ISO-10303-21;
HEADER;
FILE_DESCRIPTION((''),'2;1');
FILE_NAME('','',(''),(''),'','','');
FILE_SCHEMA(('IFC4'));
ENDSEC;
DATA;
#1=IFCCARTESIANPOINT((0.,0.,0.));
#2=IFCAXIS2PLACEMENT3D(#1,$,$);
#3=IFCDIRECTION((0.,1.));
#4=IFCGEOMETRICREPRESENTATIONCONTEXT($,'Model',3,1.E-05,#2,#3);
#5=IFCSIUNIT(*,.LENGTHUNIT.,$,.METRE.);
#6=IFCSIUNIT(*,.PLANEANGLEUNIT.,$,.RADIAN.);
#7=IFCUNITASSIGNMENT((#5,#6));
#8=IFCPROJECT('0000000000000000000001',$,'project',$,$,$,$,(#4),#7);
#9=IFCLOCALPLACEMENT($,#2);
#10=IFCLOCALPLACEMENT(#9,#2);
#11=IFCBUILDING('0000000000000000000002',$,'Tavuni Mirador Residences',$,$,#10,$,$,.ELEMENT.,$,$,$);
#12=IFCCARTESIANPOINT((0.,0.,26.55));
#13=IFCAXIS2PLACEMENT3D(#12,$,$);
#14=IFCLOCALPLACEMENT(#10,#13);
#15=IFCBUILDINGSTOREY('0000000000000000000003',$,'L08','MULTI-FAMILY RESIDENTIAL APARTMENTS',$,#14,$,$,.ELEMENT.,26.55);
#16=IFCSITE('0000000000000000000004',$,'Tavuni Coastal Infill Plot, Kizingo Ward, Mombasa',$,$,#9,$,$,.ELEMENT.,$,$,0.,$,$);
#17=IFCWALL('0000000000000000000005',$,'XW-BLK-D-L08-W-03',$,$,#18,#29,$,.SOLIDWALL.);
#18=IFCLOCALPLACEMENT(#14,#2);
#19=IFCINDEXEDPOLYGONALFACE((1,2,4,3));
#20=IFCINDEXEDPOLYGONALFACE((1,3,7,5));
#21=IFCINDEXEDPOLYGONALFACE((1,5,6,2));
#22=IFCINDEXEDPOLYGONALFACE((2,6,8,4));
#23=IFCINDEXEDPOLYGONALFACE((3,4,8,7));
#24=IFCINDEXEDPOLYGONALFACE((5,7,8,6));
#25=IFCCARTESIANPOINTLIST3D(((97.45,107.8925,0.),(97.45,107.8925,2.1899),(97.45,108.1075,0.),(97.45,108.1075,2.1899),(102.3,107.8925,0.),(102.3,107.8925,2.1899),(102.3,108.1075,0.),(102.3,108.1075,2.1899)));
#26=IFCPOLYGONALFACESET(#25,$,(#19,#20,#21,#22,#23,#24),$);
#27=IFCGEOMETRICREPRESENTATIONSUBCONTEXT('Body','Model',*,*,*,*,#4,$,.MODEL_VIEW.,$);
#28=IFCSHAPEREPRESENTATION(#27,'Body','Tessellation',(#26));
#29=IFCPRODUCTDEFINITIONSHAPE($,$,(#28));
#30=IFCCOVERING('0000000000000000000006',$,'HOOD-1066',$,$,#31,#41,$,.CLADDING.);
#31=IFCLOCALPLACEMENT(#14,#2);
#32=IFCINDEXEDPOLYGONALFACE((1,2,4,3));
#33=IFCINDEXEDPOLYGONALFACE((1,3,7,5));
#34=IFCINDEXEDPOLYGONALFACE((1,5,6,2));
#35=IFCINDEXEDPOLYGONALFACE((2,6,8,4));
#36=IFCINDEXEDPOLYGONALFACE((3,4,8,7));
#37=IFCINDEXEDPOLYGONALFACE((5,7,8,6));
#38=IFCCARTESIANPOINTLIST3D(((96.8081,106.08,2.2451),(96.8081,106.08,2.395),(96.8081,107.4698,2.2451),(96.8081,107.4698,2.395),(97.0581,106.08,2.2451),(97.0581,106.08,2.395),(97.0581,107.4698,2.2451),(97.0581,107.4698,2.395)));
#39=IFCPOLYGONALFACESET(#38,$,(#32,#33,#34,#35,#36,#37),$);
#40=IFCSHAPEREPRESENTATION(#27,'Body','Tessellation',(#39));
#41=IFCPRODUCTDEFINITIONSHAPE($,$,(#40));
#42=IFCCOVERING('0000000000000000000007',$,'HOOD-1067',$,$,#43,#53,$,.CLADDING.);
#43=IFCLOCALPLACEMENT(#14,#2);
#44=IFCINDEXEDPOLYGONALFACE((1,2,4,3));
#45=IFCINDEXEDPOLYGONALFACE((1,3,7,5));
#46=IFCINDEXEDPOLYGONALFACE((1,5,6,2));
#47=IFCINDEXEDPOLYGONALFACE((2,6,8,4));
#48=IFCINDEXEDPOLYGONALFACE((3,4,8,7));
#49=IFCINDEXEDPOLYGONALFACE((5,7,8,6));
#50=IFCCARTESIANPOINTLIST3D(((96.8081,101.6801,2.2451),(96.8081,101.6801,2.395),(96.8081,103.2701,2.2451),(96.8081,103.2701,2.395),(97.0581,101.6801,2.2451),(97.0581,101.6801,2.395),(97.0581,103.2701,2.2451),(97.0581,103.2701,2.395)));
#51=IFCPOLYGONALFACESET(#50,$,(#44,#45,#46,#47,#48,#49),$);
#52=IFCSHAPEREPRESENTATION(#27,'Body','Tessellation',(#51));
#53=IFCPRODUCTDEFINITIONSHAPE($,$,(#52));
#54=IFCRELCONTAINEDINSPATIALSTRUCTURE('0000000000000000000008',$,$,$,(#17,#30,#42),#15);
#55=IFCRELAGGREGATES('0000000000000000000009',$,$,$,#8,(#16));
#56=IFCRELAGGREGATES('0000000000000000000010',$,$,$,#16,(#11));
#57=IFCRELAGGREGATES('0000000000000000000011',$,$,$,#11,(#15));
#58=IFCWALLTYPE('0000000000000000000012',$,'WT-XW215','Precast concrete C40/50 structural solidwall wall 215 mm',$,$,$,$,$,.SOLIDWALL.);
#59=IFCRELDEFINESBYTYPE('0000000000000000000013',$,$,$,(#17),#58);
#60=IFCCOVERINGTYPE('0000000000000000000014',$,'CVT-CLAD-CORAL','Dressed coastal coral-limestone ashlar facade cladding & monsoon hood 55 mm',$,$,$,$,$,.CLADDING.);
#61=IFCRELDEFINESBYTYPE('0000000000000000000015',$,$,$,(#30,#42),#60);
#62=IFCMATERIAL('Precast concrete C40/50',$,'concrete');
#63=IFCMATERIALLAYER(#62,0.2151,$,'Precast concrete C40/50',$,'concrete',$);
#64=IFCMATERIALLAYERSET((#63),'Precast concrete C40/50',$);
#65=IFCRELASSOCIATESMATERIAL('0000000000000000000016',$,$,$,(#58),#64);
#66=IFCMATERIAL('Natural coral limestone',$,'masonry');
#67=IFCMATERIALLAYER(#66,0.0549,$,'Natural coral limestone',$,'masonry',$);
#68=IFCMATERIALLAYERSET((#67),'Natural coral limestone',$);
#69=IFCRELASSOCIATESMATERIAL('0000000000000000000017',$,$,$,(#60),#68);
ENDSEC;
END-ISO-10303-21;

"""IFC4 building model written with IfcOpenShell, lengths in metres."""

from ifc_helpers import new_model, si_unit, direction, frame, frame_2d, origin, origin_2d, place, context, subcontext, project, spatial, rectangle, extrude, material, layer, layer_set, type_object, element, save


model = new_model("IFC4")

# Units and contexts
model_context = context("Model", 3, precision=1e-05, world=origin(), true_north=direction((0.0, 1.0)))
body_context = subcontext(model_context, "Body", "Model", "MODEL_VIEW")
ifc_project = project(units=[si_unit("LENGTHUNIT", "METRE"), si_unit("PLANEANGLEUNIT", "RADIAN")], contexts=[model_context])

# Site, building, storey
site_placement = place(None, origin())
site = spatial("IfcSite", under=ifc_project, at=site_placement, Name="Tavuni Coastal Infill Plot, Kizingo Ward, Mombasa", CompositionType="ELEMENT", RefElevation=0.0)
building_placement = place(site_placement, origin())
building = spatial("IfcBuilding", under=site, at=building_placement, Name="Tavuni Mirador Residences", CompositionType="ELEMENT")
storey_placement = place(building_placement, frame((0.0, 0.0, 26.55)))
storey = spatial("IfcBuildingStorey", under=building, at=storey_placement, Name="L08", Description="MULTI-FAMILY RESIDENTIAL APARTMENTS", CompositionType="ELEMENT", Elevation=26.55)

# Shared definitions
ifc_material_1 = material(Name="Precast concrete C40/50", Category="concrete")

# Wall
ifc_layer_1 = layer(ifc_material_1, 0.2151, Name="Precast concrete C40/50", Category="concrete")
ifc_layer_set_1 = layer_set([ifc_layer_1], Name="Precast concrete C40/50")
wall_type_1 = type_object("IfcWallType", Name="WT-XW215", Description="Precast concrete C40/50 structural solidwall wall 215 mm", PredefinedType="SOLIDWALL", material=ifc_layer_set_1)
wall_1_placement = place(storey_placement, frame((97.45, 108.0, 0.0), z_axis=(0.0, 0.0, 1.0), x_axis=(1.0, 0.0, 0.0)))
element("IfcWall", 1, at=wall_1_placement, inside=storey, type_object=wall_type_1, Name="XW-BLK-D-L08-W-03", PredefinedType="SOLIDWALL", context=body_context, shape_type="SweptSolid", body=[
    extrude(rectangle(XDim=4.8501, YDim=0.2151, at=frame_2d((2.425, 0.0))), origin(), (0.0, 0.0, 1.0), 2.1899),
])

# Coverings
ifc_material_2 = material(Name="Natural coral limestone", Category="masonry")
ifc_layer_2 = layer(ifc_material_2, 0.0549, Name="Natural coral limestone", Category="masonry")
ifc_layer_set_2 = layer_set([ifc_layer_2], Name="Natural coral limestone")
covering_type = type_object("IfcCoveringType", Name="CVT-CLAD-CORAL", Description="Dressed coastal coral-limestone ashlar facade cladding & monsoon hood 55 mm", PredefinedType="CLADDING", material=ifc_layer_set_2)
covering_1_placement = place(storey_placement, frame((96.9331, 106.7749, 2.2451), z_axis=(0.0, 0.0, 1.0), x_axis=(0.0, -1.0, 0.0)))
element("IfcCovering", 2, at=covering_1_placement, inside=storey, type_object=covering_type, Name="HOOD-1066", PredefinedType="CLADDING", context=body_context, shape_type="SweptSolid", body=[
    extrude(rectangle(XDim=1.3899, YDim=0.25, at=origin_2d()), origin(), (0.0, 0.0, 1.0), 0.1499),
])
covering_2_placement = place(storey_placement, frame((96.9331, 102.4751, 2.2451), z_axis=(0.0, 0.0, 1.0), x_axis=(0.0, -1.0, 0.0)))
element("IfcCovering", 3, at=covering_2_placement, inside=storey, type_object=covering_type, Name="HOOD-1067", PredefinedType="CLADDING", context=body_context, shape_type="SweptSolid", body=[
    extrude(rectangle(XDim=1.5901, YDim=0.25, at=origin_2d()), origin(), (0.0, 0.0, 1.0), 0.1499),
])

save(model, "model.ifc")
